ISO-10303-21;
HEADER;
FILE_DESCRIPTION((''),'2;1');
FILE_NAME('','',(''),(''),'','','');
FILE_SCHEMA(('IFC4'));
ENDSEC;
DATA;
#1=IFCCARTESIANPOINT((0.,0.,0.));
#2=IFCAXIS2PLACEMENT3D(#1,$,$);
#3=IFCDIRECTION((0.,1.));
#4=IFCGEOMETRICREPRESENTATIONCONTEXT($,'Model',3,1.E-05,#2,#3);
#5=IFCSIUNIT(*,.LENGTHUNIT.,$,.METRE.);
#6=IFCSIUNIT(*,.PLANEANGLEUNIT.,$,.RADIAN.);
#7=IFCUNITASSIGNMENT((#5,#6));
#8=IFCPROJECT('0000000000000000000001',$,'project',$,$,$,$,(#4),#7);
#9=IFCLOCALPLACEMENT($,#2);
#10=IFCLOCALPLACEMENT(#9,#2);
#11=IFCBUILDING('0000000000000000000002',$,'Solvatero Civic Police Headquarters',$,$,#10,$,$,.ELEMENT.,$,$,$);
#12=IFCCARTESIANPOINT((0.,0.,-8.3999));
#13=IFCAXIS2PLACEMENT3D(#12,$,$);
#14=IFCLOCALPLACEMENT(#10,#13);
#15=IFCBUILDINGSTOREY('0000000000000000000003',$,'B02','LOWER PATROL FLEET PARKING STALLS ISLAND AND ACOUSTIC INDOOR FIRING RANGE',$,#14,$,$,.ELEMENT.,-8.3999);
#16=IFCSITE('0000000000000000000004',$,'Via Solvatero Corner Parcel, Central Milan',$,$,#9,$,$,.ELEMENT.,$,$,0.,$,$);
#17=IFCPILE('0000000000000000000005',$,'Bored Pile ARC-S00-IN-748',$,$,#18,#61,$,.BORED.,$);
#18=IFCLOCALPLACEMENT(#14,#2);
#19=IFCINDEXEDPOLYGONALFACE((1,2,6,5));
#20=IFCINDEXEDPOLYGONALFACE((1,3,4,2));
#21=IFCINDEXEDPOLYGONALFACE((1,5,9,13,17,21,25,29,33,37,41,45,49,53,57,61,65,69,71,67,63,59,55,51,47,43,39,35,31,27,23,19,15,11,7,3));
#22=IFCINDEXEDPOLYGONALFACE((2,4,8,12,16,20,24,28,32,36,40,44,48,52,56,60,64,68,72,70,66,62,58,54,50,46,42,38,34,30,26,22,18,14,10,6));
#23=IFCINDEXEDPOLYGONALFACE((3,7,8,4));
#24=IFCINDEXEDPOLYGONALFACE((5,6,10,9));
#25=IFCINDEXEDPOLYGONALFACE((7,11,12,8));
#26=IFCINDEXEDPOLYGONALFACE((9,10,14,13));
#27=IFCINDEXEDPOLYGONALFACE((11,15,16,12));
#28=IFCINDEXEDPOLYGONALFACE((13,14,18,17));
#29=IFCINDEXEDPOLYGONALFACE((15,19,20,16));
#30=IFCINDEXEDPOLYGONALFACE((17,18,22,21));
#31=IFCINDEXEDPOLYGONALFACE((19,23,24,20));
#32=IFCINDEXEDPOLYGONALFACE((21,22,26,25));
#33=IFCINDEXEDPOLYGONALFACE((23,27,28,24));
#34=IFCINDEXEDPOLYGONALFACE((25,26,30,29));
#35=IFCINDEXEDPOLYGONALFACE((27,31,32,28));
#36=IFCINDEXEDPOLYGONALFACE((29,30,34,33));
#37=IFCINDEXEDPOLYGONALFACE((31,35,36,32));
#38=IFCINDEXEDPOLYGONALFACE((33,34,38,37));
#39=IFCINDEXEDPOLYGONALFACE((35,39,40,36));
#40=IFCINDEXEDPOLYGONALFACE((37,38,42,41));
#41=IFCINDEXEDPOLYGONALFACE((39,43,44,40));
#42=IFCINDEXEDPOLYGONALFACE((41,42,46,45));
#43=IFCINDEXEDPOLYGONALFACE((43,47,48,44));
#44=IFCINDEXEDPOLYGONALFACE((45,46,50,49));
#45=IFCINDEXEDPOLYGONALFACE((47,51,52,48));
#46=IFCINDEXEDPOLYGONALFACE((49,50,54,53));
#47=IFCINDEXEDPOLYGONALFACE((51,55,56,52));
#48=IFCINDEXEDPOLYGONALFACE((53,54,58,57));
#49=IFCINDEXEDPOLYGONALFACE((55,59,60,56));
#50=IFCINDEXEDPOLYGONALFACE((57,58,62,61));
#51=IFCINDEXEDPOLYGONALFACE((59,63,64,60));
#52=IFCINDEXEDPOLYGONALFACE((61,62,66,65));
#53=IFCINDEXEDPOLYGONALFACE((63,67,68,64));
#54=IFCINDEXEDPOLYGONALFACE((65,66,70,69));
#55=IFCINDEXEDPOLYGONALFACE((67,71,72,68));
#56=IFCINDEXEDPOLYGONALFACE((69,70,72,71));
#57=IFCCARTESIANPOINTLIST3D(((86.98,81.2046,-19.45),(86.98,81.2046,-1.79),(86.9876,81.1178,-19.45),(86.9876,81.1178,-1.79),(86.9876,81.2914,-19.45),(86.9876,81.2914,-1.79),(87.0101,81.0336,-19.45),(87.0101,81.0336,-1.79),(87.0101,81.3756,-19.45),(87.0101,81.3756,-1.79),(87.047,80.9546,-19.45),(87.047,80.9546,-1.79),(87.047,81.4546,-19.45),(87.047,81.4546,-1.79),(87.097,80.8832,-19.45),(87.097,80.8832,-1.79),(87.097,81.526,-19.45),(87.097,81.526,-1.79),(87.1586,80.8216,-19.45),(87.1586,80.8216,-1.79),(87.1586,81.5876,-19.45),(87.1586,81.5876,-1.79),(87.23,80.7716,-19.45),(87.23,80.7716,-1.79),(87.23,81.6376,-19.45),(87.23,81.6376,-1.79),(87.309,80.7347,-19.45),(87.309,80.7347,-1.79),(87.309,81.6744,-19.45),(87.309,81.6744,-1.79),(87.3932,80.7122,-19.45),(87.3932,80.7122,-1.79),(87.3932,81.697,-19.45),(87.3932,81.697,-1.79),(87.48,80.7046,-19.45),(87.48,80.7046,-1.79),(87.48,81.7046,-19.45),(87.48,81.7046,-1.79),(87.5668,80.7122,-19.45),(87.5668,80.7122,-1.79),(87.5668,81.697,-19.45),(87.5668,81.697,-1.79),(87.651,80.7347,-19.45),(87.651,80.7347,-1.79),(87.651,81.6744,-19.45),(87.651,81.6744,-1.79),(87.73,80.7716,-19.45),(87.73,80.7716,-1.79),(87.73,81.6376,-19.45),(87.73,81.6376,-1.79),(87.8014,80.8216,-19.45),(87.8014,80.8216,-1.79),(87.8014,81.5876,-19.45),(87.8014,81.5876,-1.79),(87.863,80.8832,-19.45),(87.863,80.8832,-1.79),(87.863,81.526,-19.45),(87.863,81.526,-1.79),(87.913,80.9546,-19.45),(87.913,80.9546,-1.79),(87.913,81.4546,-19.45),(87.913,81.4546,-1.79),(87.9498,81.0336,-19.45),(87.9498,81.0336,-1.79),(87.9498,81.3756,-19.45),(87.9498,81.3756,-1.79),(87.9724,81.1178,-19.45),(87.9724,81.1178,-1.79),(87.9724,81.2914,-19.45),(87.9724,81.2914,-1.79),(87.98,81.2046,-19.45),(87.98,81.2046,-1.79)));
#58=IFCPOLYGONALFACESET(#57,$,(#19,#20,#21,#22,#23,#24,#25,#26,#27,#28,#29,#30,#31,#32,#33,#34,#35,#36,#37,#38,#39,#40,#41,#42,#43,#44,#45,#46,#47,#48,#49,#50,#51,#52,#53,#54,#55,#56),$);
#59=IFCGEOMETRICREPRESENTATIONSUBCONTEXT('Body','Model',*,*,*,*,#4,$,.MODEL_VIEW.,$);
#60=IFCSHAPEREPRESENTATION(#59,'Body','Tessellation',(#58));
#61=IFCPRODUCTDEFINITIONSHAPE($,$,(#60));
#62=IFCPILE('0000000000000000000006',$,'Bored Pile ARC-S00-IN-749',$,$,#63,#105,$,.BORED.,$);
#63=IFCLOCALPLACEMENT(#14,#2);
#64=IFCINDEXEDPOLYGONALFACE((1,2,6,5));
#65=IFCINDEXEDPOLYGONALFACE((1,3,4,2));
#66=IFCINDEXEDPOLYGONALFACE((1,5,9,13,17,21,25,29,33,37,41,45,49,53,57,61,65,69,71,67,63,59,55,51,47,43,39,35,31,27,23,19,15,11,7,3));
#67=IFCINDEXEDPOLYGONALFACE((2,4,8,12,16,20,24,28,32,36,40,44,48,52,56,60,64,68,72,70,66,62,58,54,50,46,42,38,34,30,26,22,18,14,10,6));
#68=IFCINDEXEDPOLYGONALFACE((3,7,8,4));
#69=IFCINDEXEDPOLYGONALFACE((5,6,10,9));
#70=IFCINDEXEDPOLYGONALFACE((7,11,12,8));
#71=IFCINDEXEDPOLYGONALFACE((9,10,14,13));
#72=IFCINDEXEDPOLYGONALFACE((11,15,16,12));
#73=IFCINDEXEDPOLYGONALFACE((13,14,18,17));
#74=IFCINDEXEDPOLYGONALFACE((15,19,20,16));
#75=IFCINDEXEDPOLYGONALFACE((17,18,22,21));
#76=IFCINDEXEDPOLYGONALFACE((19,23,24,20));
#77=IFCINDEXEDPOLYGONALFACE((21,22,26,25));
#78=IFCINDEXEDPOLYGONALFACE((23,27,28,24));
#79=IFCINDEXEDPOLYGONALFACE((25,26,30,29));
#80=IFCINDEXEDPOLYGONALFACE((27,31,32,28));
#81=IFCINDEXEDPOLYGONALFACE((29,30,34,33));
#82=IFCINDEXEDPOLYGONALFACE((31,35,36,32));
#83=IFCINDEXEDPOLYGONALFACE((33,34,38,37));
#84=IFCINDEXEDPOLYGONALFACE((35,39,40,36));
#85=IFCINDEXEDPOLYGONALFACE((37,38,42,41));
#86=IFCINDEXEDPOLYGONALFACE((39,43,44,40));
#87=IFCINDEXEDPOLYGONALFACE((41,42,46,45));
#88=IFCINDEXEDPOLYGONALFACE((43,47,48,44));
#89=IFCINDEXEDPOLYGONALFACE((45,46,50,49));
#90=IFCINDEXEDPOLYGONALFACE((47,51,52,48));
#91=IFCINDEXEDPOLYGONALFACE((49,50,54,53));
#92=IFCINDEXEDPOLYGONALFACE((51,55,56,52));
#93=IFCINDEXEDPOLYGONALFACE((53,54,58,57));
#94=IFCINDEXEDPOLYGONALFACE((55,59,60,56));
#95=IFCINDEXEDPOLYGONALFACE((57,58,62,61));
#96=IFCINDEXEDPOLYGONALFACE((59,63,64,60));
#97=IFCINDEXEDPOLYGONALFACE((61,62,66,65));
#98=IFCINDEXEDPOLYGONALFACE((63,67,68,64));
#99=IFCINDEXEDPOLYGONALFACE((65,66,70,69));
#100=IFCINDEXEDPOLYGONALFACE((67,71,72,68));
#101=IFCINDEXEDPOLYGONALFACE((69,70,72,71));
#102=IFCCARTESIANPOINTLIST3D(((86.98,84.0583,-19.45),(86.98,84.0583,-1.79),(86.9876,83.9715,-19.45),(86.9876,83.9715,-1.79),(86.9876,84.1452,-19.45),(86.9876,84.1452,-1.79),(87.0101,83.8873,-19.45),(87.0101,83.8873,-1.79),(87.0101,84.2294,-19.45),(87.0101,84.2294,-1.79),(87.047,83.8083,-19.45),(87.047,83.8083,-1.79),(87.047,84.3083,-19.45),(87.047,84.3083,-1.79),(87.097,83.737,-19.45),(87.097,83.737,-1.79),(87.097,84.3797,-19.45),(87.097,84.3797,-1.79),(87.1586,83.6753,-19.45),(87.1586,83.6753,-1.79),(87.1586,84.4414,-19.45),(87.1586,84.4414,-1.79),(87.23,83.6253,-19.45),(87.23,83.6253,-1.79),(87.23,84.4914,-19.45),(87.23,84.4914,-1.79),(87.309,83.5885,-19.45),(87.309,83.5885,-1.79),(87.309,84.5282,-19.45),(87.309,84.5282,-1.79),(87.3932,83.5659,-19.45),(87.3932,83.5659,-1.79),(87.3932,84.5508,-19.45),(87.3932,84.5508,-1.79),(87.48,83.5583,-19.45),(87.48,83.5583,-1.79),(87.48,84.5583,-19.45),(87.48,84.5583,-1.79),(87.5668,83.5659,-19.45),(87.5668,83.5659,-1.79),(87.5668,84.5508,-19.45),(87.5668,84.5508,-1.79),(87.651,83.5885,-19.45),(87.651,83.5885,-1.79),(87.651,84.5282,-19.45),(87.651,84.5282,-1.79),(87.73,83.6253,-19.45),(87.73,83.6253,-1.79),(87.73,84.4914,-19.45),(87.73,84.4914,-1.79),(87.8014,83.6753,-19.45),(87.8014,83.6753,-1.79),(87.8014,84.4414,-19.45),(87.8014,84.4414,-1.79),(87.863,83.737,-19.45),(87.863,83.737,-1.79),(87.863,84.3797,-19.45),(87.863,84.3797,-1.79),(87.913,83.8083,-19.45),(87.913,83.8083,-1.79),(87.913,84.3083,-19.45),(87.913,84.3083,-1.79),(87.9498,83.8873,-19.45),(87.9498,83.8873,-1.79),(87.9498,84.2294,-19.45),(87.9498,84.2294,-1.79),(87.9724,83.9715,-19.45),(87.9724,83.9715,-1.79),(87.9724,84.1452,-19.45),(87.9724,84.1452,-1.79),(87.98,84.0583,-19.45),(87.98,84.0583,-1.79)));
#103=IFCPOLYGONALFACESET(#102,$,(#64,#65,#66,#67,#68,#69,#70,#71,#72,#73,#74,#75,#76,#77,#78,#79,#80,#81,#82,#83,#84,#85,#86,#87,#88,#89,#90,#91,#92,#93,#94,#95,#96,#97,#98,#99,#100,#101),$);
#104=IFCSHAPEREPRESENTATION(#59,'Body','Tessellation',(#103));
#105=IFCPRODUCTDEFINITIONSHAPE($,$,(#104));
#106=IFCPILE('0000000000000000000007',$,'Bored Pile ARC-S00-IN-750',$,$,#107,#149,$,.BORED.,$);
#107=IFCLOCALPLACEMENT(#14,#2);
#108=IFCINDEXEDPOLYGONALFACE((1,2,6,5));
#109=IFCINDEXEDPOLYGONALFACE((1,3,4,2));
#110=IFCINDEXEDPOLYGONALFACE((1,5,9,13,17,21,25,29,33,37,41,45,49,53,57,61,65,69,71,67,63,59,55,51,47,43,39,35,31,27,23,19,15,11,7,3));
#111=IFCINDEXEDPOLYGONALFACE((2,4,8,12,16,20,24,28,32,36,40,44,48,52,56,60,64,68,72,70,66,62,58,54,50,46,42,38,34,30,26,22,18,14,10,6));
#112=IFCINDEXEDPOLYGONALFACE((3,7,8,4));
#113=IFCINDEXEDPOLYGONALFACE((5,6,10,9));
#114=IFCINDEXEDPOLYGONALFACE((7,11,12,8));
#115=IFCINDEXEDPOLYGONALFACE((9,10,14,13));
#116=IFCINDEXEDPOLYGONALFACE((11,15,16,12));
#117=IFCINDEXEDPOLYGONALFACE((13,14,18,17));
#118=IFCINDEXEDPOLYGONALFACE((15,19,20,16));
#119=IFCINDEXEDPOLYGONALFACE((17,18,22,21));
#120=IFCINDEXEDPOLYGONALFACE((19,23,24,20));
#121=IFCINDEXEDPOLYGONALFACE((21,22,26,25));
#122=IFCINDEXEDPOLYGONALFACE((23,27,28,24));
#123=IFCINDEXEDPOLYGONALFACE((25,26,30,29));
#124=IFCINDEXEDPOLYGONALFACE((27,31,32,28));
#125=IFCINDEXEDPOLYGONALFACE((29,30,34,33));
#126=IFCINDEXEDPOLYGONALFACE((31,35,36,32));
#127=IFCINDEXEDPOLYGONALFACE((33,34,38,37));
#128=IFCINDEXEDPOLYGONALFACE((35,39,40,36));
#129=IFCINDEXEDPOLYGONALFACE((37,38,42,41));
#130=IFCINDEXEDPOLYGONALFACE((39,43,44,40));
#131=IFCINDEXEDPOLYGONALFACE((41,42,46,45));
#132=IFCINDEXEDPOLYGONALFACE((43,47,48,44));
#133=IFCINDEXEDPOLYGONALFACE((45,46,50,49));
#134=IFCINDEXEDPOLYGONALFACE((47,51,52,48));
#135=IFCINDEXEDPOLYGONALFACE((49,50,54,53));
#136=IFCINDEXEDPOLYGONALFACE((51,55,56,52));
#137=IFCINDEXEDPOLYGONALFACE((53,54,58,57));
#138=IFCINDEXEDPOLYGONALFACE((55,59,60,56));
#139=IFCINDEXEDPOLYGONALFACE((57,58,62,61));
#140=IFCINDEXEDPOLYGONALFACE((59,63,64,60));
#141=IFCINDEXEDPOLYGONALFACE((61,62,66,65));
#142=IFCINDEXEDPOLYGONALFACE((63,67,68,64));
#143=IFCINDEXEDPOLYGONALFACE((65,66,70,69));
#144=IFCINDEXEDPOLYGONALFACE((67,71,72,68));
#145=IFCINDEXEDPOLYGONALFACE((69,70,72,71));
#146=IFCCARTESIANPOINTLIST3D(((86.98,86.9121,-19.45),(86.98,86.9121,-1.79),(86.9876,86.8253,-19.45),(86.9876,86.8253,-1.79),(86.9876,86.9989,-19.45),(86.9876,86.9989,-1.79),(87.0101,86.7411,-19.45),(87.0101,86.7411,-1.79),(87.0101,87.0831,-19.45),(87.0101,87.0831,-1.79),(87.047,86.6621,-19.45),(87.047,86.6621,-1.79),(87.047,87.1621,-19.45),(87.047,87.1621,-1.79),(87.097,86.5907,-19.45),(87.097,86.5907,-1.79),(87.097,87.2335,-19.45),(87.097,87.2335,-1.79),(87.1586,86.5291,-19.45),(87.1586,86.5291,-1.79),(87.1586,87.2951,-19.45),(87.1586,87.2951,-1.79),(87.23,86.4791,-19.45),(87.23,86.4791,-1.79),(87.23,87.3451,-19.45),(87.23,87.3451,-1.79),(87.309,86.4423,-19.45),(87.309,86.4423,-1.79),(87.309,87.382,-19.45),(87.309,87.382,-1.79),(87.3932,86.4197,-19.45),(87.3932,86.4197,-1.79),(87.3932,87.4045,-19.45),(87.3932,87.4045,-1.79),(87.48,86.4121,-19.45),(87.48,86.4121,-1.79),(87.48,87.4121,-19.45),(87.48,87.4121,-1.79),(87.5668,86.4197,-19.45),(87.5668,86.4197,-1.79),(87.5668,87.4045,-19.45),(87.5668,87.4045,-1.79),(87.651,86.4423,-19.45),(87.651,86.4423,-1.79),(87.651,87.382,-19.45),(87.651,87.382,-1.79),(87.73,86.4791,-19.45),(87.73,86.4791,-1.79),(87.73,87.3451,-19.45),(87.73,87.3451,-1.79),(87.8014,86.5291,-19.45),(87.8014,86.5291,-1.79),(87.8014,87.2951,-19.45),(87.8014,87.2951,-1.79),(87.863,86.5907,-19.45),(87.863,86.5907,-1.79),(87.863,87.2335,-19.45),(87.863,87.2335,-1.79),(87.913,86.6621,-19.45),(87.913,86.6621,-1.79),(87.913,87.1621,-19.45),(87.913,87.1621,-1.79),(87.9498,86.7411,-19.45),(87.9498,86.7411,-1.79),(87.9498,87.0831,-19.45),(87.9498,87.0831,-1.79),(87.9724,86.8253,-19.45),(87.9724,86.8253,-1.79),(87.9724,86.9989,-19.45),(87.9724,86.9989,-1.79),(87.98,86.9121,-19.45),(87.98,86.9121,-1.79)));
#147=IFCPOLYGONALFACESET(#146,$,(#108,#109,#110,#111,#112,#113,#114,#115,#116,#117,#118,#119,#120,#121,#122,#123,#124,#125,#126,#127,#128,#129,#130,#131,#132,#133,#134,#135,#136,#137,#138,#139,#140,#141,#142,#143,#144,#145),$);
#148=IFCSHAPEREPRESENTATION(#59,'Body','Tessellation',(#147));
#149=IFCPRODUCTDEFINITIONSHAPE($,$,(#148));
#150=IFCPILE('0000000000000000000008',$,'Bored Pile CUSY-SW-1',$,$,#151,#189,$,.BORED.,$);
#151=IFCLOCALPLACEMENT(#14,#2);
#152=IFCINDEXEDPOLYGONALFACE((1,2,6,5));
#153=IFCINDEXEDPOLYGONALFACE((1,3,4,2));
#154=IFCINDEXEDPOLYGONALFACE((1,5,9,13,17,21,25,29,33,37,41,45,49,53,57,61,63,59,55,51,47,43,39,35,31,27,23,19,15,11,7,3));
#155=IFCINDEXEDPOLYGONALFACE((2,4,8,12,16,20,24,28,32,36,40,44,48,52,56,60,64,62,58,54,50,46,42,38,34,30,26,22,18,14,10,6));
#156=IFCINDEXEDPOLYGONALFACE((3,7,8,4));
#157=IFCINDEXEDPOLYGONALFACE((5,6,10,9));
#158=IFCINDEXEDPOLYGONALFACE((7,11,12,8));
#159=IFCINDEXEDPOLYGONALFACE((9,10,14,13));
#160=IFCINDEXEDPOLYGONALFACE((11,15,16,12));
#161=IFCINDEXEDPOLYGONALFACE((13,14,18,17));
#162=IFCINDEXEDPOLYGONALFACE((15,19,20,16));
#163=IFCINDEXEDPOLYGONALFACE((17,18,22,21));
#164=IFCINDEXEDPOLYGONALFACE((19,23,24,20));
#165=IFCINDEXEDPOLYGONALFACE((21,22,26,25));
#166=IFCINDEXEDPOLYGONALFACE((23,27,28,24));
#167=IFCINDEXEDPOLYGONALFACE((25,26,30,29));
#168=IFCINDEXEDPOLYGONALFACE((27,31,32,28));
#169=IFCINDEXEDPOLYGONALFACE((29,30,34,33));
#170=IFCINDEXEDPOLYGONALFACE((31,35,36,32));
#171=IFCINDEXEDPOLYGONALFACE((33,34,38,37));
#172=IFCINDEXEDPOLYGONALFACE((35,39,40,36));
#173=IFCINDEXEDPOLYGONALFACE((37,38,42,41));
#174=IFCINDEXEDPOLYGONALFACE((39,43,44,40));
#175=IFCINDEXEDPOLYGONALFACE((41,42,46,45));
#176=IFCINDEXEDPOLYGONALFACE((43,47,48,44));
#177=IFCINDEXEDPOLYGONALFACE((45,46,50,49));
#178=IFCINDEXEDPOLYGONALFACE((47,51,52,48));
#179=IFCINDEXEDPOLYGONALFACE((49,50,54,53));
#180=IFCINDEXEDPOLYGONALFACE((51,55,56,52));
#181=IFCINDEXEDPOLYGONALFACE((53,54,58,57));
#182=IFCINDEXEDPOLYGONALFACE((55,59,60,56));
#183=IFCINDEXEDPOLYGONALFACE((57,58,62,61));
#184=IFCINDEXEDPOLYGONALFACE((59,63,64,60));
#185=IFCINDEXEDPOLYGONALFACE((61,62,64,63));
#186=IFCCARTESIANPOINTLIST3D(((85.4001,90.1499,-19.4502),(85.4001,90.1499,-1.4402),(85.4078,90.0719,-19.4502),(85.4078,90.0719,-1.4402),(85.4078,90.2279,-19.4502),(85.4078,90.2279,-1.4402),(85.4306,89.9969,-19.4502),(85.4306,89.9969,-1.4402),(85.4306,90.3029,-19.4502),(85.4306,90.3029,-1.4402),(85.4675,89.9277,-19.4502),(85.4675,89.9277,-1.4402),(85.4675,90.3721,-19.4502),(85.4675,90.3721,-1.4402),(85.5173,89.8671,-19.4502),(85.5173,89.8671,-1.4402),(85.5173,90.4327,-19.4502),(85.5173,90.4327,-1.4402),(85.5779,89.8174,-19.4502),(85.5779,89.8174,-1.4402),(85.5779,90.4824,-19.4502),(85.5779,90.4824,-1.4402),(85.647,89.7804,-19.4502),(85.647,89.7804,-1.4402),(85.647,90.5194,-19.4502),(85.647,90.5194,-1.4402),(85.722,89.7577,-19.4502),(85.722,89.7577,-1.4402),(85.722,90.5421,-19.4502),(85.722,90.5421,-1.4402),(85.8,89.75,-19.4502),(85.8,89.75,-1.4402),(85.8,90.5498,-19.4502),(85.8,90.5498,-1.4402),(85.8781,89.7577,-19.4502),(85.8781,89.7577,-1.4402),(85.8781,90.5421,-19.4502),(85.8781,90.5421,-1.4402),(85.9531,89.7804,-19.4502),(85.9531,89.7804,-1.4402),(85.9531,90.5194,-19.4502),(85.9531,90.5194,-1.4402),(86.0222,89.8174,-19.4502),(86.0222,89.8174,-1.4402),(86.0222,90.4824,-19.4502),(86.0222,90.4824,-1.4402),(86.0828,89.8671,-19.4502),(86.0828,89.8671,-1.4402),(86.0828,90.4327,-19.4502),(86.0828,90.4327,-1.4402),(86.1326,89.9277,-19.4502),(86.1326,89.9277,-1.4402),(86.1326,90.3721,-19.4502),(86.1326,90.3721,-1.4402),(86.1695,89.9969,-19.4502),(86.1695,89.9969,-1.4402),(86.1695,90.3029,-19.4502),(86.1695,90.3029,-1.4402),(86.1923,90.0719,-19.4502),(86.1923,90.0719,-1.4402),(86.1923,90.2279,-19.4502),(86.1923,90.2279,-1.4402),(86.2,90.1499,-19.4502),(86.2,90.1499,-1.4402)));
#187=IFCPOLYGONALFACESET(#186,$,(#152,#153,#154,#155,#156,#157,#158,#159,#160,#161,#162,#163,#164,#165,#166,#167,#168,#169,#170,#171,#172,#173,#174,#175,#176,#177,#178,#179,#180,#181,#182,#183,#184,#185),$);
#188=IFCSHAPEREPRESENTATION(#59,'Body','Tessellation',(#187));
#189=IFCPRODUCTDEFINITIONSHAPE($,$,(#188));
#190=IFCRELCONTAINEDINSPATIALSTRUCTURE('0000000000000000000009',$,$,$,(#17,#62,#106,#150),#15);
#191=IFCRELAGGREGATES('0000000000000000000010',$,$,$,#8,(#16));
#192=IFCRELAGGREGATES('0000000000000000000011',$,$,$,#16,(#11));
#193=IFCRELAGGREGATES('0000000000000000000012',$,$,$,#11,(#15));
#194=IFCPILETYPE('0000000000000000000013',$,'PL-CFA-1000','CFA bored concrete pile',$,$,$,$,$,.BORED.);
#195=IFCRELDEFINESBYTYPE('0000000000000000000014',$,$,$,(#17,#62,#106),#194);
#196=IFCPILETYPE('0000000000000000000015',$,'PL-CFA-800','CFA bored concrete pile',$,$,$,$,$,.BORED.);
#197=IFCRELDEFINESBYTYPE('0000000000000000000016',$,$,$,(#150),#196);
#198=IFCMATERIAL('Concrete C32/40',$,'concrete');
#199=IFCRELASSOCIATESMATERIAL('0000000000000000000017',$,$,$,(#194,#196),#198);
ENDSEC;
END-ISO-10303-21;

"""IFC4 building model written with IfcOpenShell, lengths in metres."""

from ifc_helpers import new_model, si_unit, direction, frame, origin, origin_2d, place, context, subcontext, project, spatial, circle, extrude, material, material_profile, profile_set, type_object, element, save


model = new_model("IFC4")

# Units and contexts
model_context = context("Model", 3, precision=1e-05, world=origin(), true_north=direction((0.0, 1.0)))
body_context = subcontext(model_context, "Body", "Model", "MODEL_VIEW")
ifc_project = project(units=[si_unit("LENGTHUNIT", "METRE"), si_unit("PLANEANGLEUNIT", "RADIAN")], contexts=[model_context])

# Site, building, storey
site_placement = place(None, origin())
site = spatial("IfcSite", under=ifc_project, at=site_placement, Name="Via Solvatero Corner Parcel, Central Milan", CompositionType="ELEMENT", RefElevation=0.0)
building_placement = place(site_placement, origin())
building = spatial("IfcBuilding", under=site, at=building_placement, Name="Solvatero Civic Police Headquarters", CompositionType="ELEMENT")
storey_placement = place(building_placement, frame((0.0, 0.0, -8.3999)))
storey = spatial("IfcBuildingStorey", under=building, at=storey_placement, Name="B02", Description="LOWER PATROL FLEET PARKING STALLS ISLAND AND ACOUSTIC INDOOR FIRING RANGE", CompositionType="ELEMENT", Elevation=-8.3999)

# Piles
ifc_material_1 = material(Name="Concrete C32/40", Category="concrete")
ifc_material_profile_1 = material_profile(ifc_material_1, circle(Radius=0.5, at=origin_2d()), Name="CFA PILE D1000")
ifc_profile_set_1 = profile_set([ifc_material_profile_1], Name="Concrete C32/40")
pile_type_1 = type_object("IfcPileType", Name="PL-CFA-1000", Description="CFA bored concrete pile", PredefinedType="BORED", material=ifc_profile_set_1)
for number, where, z_axis, x_axis, name in (
    (1, (87.48, 81.2046, -1.79), (0.0, 0.0, -1.0), (1.0, 0.0, 0.0), "Bored Pile ARC-S00-IN-748"),
    (2, (87.48, 84.0583, -1.79), (0.0, 0.0, -1.0), (1.0, 0.0, 0.0), "Bored Pile ARC-S00-IN-749"),
    (3, (87.48, 86.9121, -1.79), (0.0, 0.0, -1.0), (1.0, 0.0, 0.0), "Bored Pile ARC-S00-IN-750"),
):
    element("IfcPile", number, at=place(storey_placement, frame(where, z_axis=z_axis, x_axis=x_axis)), inside=storey, type_object=pile_type_1, Name=name, PredefinedType="BORED", context=body_context, shape_type="SweptSolid", body=[
        extrude(circle(Radius=0.5, at=origin_2d()), origin(), (0.0, 0.0, 1.0), 17.6599),
    ])
ifc_material_profile_2 = material_profile(ifc_material_1, circle(Radius=0.3999, at=origin_2d()), Name="CFA PILE D800")
ifc_profile_set_2 = profile_set([ifc_material_profile_2], Name="Concrete C32/40")
pile_type_2 = type_object("IfcPileType", Name="PL-CFA-800", Description="CFA bored concrete pile", PredefinedType="BORED", material=ifc_profile_set_2)
for number, where, z_axis, x_axis, name in (
    (4, (85.8, 90.1499, -1.4402), (0.0, 0.0, -1.0), (1.0, 0.0, 0.0), "Bored Pile CUSY-SW-1"),
):
    element("IfcPile", number, at=place(storey_placement, frame(where, z_axis=z_axis, x_axis=x_axis)), inside=storey, type_object=pile_type_2, Name=name, PredefinedType="BORED", context=body_context, shape_type="SweptSolid", body=[
        extrude(circle(Radius=0.3999, at=origin_2d()), origin(), (0.0, 0.0, 1.0), 18.01),
    ])

save(model, "model.ifc")
